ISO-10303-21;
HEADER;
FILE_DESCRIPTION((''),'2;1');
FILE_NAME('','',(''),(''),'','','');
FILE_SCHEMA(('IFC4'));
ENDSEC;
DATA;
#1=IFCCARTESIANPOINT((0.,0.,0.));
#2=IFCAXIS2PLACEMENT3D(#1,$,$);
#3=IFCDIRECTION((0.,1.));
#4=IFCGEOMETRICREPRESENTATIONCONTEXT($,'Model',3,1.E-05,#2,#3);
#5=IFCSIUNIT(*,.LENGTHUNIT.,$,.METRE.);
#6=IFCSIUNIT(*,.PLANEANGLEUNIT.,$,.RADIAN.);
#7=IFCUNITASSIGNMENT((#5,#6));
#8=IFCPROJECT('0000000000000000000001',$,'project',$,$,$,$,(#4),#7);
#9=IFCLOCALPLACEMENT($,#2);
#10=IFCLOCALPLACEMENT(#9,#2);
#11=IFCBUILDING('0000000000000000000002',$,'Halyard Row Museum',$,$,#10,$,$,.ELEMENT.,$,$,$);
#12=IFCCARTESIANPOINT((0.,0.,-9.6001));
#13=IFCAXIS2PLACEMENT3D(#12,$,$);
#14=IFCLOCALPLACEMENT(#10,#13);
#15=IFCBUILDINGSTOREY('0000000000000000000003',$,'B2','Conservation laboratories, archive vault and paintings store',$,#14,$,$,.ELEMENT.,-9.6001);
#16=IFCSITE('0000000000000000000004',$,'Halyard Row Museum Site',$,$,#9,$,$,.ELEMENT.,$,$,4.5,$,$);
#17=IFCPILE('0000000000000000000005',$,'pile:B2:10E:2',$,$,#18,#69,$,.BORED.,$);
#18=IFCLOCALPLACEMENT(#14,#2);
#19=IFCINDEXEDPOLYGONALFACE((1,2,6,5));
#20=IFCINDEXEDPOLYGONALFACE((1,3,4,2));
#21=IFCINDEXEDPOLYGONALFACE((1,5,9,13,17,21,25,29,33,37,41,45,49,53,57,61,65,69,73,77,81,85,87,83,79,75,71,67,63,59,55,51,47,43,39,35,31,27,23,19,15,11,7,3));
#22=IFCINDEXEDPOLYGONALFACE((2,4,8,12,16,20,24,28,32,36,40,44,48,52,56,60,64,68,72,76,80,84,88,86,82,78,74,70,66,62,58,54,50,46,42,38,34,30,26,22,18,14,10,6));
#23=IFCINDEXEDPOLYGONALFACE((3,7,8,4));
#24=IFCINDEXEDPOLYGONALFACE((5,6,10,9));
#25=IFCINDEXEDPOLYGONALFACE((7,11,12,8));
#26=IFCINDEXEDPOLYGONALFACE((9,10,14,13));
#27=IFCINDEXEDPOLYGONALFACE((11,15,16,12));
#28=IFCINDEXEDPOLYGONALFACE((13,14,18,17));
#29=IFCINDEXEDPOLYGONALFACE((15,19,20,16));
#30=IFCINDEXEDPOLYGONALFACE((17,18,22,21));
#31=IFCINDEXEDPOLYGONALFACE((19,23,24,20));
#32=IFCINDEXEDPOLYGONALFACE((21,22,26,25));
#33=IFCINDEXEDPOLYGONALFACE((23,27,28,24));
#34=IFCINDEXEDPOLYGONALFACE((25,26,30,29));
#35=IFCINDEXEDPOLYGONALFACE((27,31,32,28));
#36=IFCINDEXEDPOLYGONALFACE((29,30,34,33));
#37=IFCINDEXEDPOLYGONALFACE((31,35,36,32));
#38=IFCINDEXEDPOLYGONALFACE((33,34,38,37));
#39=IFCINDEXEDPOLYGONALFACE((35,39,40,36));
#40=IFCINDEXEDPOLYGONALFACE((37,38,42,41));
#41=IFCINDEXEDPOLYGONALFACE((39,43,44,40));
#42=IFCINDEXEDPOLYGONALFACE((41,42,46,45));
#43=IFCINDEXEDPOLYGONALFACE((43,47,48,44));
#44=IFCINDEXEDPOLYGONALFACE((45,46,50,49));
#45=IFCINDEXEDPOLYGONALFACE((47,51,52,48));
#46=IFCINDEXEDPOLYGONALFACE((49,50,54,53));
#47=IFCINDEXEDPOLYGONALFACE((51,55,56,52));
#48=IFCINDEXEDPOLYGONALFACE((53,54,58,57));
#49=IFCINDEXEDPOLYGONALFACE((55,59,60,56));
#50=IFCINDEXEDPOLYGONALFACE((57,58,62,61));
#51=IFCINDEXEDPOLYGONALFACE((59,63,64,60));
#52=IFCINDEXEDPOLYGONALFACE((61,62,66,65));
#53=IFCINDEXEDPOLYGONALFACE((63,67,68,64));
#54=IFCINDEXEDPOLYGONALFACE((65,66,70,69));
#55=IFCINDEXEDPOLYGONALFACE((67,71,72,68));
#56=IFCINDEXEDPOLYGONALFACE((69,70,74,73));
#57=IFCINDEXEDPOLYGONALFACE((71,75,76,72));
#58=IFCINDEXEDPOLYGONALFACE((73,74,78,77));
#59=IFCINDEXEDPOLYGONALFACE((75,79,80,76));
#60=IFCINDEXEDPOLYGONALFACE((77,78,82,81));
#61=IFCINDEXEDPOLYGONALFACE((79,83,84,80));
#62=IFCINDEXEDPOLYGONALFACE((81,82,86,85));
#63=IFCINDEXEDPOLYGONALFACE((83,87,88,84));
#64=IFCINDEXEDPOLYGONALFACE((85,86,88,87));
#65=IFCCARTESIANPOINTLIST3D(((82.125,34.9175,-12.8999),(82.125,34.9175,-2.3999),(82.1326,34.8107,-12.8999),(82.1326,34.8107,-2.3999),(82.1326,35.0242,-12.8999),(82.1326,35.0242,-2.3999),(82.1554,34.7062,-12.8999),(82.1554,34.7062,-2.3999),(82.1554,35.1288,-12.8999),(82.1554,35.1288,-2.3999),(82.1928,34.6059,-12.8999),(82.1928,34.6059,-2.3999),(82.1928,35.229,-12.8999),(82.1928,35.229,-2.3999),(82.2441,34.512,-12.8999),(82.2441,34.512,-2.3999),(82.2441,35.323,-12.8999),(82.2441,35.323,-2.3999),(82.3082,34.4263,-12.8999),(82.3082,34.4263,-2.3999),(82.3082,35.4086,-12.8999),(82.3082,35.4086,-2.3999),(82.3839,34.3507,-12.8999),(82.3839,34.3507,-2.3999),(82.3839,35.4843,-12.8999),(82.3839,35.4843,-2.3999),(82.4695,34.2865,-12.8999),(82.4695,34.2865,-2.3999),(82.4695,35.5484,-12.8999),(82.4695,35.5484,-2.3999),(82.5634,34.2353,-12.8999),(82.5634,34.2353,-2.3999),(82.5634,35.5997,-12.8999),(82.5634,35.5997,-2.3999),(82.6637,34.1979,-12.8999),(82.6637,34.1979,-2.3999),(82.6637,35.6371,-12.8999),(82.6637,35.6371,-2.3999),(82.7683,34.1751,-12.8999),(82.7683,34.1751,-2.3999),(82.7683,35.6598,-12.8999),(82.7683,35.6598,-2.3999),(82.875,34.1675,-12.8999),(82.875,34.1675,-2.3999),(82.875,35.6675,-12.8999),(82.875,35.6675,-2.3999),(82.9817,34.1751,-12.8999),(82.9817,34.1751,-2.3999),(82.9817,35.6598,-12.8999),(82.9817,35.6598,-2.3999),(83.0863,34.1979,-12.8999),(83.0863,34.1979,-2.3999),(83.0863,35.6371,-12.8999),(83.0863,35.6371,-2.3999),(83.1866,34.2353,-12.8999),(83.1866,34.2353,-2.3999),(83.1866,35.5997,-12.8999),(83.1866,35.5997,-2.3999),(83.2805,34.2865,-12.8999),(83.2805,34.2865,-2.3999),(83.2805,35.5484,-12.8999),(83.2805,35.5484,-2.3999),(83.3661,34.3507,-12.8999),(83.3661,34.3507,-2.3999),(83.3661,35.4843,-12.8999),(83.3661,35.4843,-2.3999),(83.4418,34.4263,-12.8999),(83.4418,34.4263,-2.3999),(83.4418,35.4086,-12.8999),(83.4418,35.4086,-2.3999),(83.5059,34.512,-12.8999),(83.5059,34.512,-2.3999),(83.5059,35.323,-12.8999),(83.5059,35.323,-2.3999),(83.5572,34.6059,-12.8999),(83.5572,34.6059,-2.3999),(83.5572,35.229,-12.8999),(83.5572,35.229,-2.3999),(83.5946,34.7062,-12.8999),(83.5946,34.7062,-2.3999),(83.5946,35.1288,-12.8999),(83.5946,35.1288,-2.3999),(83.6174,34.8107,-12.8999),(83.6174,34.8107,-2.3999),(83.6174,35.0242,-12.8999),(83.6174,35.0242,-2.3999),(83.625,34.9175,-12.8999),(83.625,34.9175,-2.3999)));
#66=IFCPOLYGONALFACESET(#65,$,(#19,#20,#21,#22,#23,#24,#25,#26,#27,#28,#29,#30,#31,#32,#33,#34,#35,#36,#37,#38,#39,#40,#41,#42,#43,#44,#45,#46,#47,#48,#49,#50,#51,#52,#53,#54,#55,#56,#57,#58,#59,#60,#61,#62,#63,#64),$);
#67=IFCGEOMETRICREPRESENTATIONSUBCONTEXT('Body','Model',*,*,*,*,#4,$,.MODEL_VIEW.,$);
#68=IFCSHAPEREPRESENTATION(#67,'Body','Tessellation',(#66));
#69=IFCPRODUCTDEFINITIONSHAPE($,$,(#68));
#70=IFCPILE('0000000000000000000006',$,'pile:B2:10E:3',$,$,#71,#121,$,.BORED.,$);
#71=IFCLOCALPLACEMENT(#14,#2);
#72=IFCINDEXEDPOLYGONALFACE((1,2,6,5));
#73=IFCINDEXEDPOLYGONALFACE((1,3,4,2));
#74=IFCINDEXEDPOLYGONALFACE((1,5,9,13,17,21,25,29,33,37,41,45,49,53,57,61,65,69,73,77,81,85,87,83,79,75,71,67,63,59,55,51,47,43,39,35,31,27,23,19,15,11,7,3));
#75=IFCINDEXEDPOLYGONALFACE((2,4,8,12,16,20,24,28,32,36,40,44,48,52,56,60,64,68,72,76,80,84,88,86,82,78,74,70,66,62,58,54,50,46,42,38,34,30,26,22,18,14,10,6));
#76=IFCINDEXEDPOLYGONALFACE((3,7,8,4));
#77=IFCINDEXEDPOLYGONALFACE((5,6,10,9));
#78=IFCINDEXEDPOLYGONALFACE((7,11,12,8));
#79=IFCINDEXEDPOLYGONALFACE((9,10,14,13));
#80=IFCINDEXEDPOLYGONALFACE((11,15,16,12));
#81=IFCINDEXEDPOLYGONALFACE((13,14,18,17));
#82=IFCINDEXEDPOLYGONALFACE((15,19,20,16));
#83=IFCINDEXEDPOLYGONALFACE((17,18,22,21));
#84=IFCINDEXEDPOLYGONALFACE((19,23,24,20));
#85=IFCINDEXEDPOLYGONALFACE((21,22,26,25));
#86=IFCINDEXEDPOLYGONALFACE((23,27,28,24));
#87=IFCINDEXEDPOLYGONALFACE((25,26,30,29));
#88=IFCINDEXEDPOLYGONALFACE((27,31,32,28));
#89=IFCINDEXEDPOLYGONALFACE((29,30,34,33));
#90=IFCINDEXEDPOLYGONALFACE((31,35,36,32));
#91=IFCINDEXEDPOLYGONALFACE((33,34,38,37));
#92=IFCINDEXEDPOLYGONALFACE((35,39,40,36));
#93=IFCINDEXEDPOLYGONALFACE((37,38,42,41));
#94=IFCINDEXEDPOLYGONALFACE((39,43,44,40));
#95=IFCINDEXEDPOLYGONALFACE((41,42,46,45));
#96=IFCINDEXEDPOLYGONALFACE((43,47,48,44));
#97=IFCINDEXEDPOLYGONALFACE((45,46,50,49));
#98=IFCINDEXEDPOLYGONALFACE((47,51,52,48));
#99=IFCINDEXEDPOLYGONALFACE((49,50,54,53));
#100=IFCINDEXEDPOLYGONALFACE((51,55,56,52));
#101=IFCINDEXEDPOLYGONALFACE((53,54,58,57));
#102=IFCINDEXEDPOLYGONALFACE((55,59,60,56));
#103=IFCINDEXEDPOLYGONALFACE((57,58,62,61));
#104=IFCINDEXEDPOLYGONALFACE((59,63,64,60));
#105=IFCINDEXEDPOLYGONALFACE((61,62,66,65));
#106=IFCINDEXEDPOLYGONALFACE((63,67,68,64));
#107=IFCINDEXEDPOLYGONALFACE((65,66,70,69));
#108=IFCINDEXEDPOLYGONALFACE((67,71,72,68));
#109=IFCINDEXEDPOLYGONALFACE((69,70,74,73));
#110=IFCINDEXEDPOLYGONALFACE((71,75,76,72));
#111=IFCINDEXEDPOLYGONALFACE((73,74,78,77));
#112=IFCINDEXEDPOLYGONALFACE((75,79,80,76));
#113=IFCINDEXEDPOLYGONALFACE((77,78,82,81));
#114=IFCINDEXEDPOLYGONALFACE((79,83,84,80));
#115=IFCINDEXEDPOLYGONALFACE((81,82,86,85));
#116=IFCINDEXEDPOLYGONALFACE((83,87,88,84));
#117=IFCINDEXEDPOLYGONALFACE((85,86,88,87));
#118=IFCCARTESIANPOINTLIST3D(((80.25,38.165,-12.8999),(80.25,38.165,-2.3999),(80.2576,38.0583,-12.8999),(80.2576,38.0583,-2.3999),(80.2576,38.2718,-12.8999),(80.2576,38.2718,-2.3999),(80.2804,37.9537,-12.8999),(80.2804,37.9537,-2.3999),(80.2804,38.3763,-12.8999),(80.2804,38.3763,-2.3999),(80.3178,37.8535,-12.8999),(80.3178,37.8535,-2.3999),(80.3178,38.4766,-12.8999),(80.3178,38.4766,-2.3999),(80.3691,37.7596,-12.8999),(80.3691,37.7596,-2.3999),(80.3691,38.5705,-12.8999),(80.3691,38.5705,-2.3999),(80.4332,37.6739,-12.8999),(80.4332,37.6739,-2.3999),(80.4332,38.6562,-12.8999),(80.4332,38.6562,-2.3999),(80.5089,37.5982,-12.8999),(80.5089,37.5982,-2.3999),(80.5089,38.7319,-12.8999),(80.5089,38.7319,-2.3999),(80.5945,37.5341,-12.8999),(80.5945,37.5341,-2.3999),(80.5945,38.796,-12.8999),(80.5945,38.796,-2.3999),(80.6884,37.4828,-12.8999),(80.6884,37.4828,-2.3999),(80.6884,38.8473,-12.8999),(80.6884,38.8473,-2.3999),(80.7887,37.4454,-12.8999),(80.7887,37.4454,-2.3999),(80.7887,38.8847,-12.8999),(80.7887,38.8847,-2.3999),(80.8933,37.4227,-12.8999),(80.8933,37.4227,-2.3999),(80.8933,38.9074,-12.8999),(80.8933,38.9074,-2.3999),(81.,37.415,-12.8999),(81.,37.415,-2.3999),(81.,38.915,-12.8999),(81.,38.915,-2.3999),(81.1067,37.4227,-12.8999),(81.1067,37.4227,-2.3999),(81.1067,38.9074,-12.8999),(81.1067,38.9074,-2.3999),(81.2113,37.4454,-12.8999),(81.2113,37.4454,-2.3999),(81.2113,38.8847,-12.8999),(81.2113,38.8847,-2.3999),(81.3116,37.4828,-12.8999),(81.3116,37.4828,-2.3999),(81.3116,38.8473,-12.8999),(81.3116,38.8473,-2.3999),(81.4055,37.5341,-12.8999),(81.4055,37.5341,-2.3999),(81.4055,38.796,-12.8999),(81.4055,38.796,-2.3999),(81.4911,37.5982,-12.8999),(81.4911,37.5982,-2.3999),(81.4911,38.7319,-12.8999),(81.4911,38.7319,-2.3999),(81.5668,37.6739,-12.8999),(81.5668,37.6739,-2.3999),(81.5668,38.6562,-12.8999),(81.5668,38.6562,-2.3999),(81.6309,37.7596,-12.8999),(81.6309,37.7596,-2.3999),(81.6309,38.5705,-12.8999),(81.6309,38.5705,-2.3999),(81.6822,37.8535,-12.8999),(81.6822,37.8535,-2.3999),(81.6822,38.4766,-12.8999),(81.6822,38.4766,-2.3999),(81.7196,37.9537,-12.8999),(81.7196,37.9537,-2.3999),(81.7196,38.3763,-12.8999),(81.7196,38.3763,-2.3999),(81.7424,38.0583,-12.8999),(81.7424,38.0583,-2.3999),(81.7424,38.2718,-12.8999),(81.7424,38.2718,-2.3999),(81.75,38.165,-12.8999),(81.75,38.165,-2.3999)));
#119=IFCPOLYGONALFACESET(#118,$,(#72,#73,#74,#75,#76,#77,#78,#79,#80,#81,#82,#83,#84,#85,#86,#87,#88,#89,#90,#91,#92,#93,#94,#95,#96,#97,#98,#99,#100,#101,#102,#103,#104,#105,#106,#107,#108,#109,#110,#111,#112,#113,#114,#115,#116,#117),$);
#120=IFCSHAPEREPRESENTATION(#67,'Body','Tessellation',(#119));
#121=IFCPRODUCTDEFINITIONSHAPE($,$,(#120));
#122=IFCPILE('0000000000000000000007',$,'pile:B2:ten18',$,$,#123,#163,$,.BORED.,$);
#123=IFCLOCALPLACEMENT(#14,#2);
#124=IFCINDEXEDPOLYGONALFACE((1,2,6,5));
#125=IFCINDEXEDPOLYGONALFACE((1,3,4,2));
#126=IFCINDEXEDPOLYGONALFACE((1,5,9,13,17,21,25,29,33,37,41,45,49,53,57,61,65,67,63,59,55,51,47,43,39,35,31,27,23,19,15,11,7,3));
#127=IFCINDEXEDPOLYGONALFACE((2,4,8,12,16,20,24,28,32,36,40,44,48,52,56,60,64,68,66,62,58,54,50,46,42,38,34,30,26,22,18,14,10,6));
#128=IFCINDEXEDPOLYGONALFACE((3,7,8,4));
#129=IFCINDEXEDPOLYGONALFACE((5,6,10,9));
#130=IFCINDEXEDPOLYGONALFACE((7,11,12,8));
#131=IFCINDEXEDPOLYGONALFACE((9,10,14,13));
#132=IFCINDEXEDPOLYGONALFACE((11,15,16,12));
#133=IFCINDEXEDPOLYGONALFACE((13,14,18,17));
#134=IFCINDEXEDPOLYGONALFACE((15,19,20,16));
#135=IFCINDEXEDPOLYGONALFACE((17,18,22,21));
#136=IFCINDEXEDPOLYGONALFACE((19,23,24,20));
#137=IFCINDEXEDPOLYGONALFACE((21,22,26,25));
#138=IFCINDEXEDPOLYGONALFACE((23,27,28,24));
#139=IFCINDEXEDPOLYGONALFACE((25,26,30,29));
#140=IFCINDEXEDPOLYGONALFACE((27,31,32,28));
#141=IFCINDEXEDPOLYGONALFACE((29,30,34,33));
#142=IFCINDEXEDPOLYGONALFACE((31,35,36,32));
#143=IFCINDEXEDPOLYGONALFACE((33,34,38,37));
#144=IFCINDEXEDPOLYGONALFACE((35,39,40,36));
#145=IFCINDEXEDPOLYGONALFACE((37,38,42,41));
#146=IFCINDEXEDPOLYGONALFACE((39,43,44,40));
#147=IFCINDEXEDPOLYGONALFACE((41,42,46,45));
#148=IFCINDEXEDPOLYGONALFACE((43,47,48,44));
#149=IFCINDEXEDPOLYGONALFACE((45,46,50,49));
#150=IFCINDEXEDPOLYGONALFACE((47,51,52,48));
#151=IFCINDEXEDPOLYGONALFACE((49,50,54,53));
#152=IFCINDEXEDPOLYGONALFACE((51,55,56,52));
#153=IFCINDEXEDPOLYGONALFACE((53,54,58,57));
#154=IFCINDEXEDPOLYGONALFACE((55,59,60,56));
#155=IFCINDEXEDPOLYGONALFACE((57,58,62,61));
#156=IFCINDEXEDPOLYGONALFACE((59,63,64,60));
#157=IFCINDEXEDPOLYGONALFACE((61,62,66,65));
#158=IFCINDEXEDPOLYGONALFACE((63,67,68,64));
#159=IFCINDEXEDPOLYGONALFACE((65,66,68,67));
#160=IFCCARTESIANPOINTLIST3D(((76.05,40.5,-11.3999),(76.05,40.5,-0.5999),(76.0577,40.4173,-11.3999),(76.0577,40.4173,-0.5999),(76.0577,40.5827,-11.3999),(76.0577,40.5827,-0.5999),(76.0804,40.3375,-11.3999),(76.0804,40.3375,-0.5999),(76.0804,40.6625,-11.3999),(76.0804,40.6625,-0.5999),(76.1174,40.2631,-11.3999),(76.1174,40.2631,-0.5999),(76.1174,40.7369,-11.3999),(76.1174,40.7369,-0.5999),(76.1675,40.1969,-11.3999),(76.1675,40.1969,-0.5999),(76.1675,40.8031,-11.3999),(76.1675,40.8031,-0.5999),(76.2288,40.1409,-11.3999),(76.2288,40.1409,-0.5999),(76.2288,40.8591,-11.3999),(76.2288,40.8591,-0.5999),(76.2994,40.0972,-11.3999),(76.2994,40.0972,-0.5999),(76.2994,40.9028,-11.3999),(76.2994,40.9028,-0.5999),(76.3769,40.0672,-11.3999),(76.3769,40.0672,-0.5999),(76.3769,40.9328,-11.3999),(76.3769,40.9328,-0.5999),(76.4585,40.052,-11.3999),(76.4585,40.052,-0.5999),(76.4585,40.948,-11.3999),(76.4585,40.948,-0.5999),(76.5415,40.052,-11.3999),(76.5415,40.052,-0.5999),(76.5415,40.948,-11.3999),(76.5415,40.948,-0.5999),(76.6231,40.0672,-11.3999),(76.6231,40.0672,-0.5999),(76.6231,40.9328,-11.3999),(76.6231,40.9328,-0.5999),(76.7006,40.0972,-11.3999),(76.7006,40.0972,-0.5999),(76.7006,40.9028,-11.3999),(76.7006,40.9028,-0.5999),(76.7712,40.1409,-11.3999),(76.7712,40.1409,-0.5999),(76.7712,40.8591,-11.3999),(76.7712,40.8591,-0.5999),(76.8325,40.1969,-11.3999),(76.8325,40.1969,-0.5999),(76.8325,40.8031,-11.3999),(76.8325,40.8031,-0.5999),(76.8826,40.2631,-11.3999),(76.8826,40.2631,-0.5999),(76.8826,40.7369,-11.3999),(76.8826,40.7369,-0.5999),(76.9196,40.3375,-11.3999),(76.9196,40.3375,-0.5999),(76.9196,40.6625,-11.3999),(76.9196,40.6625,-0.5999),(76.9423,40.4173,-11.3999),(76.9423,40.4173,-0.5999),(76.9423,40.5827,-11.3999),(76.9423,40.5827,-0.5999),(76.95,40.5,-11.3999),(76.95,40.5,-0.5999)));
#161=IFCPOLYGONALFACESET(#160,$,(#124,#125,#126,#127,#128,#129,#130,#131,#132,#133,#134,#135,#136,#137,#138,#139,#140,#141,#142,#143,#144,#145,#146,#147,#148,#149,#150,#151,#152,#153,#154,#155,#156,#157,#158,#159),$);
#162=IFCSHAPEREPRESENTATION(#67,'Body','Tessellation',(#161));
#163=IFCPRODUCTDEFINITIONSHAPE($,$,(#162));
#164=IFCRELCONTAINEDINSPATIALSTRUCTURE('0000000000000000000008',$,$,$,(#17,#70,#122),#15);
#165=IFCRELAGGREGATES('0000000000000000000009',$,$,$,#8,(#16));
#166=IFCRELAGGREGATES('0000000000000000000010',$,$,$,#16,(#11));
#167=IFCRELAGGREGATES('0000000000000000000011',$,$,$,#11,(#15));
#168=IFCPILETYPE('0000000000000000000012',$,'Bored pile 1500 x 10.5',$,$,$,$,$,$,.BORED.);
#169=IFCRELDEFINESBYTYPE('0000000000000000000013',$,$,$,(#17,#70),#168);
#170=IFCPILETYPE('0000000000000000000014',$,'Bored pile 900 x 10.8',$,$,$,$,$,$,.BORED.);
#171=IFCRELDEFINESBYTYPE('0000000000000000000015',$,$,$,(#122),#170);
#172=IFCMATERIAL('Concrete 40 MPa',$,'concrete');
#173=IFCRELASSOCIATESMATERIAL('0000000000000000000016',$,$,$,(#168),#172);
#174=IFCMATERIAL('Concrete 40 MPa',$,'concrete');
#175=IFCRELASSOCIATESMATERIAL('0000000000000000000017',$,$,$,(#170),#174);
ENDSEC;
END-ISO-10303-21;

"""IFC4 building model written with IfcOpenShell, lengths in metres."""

from ifc_helpers import new_model, si_unit, direction, frame, origin, origin_2d, place, context, subcontext, project, spatial, circle, extrude, material, material_profile, profile_set, type_object, element, save


model = new_model("IFC4")

# Units and contexts
model_context = context("Model", 3, precision=1e-05, world=origin(), true_north=direction((0.0, 1.0)))
body_context = subcontext(model_context, "Body", "Model", "MODEL_VIEW")
ifc_project = project(units=[si_unit("LENGTHUNIT", "METRE"), si_unit("PLANEANGLEUNIT", "RADIAN")], contexts=[model_context])

# Site, building, storey
site_placement = place(None, origin())
site = spatial("IfcSite", under=ifc_project, at=site_placement, Name="Halyard Row Museum Site", CompositionType="ELEMENT", RefElevation=4.5)
building_placement = place(site_placement, origin())
building = spatial("IfcBuilding", under=site, at=building_placement, Name="Halyard Row Museum", CompositionType="ELEMENT")
storey_placement = place(building_placement, frame((0.0, 0.0, -9.6001)))
storey = spatial("IfcBuildingStorey", under=building, at=storey_placement, Name="B2", Description="Conservation laboratories, archive vault and paintings store", CompositionType="ELEMENT", Elevation=-9.6001)

# Piles
ifc_material_1 = material(Name="Concrete 40 MPa", Category="concrete")
ifc_material_profile_1 = material_profile(ifc_material_1, circle(Radius=0.75, at=origin_2d()), Name="Bored pile 1500 x 10.5")
ifc_profile_set_1 = profile_set([ifc_material_profile_1], Name="Concrete 40 MPa")
pile_type_1 = type_object("IfcPileType", Name="Bored pile 1500 x 10.5", PredefinedType="BORED", material=ifc_profile_set_1)
for number, where, z_axis, x_axis, name in (
    (1, (82.875, 34.9175, -2.3999), (0.0, 0.0, -1.0), (1.0, 0.0, 0.0), "pile:B2:10E:2"),
    (2, (81.0, 38.165, -2.3999), (0.0, 0.0, -1.0), (1.0, 0.0, 0.0), "pile:B2:10E:3"),
):
    element("IfcPile", number, at=place(storey_placement, frame(where, z_axis=z_axis, x_axis=x_axis)), inside=storey, type_object=pile_type_1, Name=name, PredefinedType="BORED", context=body_context, shape_type="SweptSolid", body=[
        extrude(circle(Radius=0.75, at=origin_2d()), origin(), (0.0, 0.0, 1.0), 10.5),
    ])
ifc_material_2 = material(Name="Concrete 40 MPa", Category="concrete")
ifc_material_profile_2 = material_profile(ifc_material_2, circle(Radius=0.45, at=origin_2d()), Name="Bored pile 900 x 10.8")
ifc_profile_set_2 = profile_set([ifc_material_profile_2], Name="Concrete 40 MPa")
pile_type_2 = type_object("IfcPileType", Name="Bored pile 900 x 10.8", PredefinedType="BORED", material=ifc_profile_set_2)
pile_1_placement = place(storey_placement, frame((76.5, 40.5, -0.5999), z_axis=(0.0, 0.0, -1.0), x_axis=(1.0, 0.0, 0.0)))
element("IfcPile", 3, at=pile_1_placement, inside=storey, type_object=pile_type_2, Name="pile:B2:ten18", PredefinedType="BORED", context=body_context, shape_type="SweptSolid", body=[
    extrude(circle(Radius=0.45, at=origin_2d()), origin(), (0.0, 0.0, 1.0), 10.8),
])

save(model, "model.ifc")
